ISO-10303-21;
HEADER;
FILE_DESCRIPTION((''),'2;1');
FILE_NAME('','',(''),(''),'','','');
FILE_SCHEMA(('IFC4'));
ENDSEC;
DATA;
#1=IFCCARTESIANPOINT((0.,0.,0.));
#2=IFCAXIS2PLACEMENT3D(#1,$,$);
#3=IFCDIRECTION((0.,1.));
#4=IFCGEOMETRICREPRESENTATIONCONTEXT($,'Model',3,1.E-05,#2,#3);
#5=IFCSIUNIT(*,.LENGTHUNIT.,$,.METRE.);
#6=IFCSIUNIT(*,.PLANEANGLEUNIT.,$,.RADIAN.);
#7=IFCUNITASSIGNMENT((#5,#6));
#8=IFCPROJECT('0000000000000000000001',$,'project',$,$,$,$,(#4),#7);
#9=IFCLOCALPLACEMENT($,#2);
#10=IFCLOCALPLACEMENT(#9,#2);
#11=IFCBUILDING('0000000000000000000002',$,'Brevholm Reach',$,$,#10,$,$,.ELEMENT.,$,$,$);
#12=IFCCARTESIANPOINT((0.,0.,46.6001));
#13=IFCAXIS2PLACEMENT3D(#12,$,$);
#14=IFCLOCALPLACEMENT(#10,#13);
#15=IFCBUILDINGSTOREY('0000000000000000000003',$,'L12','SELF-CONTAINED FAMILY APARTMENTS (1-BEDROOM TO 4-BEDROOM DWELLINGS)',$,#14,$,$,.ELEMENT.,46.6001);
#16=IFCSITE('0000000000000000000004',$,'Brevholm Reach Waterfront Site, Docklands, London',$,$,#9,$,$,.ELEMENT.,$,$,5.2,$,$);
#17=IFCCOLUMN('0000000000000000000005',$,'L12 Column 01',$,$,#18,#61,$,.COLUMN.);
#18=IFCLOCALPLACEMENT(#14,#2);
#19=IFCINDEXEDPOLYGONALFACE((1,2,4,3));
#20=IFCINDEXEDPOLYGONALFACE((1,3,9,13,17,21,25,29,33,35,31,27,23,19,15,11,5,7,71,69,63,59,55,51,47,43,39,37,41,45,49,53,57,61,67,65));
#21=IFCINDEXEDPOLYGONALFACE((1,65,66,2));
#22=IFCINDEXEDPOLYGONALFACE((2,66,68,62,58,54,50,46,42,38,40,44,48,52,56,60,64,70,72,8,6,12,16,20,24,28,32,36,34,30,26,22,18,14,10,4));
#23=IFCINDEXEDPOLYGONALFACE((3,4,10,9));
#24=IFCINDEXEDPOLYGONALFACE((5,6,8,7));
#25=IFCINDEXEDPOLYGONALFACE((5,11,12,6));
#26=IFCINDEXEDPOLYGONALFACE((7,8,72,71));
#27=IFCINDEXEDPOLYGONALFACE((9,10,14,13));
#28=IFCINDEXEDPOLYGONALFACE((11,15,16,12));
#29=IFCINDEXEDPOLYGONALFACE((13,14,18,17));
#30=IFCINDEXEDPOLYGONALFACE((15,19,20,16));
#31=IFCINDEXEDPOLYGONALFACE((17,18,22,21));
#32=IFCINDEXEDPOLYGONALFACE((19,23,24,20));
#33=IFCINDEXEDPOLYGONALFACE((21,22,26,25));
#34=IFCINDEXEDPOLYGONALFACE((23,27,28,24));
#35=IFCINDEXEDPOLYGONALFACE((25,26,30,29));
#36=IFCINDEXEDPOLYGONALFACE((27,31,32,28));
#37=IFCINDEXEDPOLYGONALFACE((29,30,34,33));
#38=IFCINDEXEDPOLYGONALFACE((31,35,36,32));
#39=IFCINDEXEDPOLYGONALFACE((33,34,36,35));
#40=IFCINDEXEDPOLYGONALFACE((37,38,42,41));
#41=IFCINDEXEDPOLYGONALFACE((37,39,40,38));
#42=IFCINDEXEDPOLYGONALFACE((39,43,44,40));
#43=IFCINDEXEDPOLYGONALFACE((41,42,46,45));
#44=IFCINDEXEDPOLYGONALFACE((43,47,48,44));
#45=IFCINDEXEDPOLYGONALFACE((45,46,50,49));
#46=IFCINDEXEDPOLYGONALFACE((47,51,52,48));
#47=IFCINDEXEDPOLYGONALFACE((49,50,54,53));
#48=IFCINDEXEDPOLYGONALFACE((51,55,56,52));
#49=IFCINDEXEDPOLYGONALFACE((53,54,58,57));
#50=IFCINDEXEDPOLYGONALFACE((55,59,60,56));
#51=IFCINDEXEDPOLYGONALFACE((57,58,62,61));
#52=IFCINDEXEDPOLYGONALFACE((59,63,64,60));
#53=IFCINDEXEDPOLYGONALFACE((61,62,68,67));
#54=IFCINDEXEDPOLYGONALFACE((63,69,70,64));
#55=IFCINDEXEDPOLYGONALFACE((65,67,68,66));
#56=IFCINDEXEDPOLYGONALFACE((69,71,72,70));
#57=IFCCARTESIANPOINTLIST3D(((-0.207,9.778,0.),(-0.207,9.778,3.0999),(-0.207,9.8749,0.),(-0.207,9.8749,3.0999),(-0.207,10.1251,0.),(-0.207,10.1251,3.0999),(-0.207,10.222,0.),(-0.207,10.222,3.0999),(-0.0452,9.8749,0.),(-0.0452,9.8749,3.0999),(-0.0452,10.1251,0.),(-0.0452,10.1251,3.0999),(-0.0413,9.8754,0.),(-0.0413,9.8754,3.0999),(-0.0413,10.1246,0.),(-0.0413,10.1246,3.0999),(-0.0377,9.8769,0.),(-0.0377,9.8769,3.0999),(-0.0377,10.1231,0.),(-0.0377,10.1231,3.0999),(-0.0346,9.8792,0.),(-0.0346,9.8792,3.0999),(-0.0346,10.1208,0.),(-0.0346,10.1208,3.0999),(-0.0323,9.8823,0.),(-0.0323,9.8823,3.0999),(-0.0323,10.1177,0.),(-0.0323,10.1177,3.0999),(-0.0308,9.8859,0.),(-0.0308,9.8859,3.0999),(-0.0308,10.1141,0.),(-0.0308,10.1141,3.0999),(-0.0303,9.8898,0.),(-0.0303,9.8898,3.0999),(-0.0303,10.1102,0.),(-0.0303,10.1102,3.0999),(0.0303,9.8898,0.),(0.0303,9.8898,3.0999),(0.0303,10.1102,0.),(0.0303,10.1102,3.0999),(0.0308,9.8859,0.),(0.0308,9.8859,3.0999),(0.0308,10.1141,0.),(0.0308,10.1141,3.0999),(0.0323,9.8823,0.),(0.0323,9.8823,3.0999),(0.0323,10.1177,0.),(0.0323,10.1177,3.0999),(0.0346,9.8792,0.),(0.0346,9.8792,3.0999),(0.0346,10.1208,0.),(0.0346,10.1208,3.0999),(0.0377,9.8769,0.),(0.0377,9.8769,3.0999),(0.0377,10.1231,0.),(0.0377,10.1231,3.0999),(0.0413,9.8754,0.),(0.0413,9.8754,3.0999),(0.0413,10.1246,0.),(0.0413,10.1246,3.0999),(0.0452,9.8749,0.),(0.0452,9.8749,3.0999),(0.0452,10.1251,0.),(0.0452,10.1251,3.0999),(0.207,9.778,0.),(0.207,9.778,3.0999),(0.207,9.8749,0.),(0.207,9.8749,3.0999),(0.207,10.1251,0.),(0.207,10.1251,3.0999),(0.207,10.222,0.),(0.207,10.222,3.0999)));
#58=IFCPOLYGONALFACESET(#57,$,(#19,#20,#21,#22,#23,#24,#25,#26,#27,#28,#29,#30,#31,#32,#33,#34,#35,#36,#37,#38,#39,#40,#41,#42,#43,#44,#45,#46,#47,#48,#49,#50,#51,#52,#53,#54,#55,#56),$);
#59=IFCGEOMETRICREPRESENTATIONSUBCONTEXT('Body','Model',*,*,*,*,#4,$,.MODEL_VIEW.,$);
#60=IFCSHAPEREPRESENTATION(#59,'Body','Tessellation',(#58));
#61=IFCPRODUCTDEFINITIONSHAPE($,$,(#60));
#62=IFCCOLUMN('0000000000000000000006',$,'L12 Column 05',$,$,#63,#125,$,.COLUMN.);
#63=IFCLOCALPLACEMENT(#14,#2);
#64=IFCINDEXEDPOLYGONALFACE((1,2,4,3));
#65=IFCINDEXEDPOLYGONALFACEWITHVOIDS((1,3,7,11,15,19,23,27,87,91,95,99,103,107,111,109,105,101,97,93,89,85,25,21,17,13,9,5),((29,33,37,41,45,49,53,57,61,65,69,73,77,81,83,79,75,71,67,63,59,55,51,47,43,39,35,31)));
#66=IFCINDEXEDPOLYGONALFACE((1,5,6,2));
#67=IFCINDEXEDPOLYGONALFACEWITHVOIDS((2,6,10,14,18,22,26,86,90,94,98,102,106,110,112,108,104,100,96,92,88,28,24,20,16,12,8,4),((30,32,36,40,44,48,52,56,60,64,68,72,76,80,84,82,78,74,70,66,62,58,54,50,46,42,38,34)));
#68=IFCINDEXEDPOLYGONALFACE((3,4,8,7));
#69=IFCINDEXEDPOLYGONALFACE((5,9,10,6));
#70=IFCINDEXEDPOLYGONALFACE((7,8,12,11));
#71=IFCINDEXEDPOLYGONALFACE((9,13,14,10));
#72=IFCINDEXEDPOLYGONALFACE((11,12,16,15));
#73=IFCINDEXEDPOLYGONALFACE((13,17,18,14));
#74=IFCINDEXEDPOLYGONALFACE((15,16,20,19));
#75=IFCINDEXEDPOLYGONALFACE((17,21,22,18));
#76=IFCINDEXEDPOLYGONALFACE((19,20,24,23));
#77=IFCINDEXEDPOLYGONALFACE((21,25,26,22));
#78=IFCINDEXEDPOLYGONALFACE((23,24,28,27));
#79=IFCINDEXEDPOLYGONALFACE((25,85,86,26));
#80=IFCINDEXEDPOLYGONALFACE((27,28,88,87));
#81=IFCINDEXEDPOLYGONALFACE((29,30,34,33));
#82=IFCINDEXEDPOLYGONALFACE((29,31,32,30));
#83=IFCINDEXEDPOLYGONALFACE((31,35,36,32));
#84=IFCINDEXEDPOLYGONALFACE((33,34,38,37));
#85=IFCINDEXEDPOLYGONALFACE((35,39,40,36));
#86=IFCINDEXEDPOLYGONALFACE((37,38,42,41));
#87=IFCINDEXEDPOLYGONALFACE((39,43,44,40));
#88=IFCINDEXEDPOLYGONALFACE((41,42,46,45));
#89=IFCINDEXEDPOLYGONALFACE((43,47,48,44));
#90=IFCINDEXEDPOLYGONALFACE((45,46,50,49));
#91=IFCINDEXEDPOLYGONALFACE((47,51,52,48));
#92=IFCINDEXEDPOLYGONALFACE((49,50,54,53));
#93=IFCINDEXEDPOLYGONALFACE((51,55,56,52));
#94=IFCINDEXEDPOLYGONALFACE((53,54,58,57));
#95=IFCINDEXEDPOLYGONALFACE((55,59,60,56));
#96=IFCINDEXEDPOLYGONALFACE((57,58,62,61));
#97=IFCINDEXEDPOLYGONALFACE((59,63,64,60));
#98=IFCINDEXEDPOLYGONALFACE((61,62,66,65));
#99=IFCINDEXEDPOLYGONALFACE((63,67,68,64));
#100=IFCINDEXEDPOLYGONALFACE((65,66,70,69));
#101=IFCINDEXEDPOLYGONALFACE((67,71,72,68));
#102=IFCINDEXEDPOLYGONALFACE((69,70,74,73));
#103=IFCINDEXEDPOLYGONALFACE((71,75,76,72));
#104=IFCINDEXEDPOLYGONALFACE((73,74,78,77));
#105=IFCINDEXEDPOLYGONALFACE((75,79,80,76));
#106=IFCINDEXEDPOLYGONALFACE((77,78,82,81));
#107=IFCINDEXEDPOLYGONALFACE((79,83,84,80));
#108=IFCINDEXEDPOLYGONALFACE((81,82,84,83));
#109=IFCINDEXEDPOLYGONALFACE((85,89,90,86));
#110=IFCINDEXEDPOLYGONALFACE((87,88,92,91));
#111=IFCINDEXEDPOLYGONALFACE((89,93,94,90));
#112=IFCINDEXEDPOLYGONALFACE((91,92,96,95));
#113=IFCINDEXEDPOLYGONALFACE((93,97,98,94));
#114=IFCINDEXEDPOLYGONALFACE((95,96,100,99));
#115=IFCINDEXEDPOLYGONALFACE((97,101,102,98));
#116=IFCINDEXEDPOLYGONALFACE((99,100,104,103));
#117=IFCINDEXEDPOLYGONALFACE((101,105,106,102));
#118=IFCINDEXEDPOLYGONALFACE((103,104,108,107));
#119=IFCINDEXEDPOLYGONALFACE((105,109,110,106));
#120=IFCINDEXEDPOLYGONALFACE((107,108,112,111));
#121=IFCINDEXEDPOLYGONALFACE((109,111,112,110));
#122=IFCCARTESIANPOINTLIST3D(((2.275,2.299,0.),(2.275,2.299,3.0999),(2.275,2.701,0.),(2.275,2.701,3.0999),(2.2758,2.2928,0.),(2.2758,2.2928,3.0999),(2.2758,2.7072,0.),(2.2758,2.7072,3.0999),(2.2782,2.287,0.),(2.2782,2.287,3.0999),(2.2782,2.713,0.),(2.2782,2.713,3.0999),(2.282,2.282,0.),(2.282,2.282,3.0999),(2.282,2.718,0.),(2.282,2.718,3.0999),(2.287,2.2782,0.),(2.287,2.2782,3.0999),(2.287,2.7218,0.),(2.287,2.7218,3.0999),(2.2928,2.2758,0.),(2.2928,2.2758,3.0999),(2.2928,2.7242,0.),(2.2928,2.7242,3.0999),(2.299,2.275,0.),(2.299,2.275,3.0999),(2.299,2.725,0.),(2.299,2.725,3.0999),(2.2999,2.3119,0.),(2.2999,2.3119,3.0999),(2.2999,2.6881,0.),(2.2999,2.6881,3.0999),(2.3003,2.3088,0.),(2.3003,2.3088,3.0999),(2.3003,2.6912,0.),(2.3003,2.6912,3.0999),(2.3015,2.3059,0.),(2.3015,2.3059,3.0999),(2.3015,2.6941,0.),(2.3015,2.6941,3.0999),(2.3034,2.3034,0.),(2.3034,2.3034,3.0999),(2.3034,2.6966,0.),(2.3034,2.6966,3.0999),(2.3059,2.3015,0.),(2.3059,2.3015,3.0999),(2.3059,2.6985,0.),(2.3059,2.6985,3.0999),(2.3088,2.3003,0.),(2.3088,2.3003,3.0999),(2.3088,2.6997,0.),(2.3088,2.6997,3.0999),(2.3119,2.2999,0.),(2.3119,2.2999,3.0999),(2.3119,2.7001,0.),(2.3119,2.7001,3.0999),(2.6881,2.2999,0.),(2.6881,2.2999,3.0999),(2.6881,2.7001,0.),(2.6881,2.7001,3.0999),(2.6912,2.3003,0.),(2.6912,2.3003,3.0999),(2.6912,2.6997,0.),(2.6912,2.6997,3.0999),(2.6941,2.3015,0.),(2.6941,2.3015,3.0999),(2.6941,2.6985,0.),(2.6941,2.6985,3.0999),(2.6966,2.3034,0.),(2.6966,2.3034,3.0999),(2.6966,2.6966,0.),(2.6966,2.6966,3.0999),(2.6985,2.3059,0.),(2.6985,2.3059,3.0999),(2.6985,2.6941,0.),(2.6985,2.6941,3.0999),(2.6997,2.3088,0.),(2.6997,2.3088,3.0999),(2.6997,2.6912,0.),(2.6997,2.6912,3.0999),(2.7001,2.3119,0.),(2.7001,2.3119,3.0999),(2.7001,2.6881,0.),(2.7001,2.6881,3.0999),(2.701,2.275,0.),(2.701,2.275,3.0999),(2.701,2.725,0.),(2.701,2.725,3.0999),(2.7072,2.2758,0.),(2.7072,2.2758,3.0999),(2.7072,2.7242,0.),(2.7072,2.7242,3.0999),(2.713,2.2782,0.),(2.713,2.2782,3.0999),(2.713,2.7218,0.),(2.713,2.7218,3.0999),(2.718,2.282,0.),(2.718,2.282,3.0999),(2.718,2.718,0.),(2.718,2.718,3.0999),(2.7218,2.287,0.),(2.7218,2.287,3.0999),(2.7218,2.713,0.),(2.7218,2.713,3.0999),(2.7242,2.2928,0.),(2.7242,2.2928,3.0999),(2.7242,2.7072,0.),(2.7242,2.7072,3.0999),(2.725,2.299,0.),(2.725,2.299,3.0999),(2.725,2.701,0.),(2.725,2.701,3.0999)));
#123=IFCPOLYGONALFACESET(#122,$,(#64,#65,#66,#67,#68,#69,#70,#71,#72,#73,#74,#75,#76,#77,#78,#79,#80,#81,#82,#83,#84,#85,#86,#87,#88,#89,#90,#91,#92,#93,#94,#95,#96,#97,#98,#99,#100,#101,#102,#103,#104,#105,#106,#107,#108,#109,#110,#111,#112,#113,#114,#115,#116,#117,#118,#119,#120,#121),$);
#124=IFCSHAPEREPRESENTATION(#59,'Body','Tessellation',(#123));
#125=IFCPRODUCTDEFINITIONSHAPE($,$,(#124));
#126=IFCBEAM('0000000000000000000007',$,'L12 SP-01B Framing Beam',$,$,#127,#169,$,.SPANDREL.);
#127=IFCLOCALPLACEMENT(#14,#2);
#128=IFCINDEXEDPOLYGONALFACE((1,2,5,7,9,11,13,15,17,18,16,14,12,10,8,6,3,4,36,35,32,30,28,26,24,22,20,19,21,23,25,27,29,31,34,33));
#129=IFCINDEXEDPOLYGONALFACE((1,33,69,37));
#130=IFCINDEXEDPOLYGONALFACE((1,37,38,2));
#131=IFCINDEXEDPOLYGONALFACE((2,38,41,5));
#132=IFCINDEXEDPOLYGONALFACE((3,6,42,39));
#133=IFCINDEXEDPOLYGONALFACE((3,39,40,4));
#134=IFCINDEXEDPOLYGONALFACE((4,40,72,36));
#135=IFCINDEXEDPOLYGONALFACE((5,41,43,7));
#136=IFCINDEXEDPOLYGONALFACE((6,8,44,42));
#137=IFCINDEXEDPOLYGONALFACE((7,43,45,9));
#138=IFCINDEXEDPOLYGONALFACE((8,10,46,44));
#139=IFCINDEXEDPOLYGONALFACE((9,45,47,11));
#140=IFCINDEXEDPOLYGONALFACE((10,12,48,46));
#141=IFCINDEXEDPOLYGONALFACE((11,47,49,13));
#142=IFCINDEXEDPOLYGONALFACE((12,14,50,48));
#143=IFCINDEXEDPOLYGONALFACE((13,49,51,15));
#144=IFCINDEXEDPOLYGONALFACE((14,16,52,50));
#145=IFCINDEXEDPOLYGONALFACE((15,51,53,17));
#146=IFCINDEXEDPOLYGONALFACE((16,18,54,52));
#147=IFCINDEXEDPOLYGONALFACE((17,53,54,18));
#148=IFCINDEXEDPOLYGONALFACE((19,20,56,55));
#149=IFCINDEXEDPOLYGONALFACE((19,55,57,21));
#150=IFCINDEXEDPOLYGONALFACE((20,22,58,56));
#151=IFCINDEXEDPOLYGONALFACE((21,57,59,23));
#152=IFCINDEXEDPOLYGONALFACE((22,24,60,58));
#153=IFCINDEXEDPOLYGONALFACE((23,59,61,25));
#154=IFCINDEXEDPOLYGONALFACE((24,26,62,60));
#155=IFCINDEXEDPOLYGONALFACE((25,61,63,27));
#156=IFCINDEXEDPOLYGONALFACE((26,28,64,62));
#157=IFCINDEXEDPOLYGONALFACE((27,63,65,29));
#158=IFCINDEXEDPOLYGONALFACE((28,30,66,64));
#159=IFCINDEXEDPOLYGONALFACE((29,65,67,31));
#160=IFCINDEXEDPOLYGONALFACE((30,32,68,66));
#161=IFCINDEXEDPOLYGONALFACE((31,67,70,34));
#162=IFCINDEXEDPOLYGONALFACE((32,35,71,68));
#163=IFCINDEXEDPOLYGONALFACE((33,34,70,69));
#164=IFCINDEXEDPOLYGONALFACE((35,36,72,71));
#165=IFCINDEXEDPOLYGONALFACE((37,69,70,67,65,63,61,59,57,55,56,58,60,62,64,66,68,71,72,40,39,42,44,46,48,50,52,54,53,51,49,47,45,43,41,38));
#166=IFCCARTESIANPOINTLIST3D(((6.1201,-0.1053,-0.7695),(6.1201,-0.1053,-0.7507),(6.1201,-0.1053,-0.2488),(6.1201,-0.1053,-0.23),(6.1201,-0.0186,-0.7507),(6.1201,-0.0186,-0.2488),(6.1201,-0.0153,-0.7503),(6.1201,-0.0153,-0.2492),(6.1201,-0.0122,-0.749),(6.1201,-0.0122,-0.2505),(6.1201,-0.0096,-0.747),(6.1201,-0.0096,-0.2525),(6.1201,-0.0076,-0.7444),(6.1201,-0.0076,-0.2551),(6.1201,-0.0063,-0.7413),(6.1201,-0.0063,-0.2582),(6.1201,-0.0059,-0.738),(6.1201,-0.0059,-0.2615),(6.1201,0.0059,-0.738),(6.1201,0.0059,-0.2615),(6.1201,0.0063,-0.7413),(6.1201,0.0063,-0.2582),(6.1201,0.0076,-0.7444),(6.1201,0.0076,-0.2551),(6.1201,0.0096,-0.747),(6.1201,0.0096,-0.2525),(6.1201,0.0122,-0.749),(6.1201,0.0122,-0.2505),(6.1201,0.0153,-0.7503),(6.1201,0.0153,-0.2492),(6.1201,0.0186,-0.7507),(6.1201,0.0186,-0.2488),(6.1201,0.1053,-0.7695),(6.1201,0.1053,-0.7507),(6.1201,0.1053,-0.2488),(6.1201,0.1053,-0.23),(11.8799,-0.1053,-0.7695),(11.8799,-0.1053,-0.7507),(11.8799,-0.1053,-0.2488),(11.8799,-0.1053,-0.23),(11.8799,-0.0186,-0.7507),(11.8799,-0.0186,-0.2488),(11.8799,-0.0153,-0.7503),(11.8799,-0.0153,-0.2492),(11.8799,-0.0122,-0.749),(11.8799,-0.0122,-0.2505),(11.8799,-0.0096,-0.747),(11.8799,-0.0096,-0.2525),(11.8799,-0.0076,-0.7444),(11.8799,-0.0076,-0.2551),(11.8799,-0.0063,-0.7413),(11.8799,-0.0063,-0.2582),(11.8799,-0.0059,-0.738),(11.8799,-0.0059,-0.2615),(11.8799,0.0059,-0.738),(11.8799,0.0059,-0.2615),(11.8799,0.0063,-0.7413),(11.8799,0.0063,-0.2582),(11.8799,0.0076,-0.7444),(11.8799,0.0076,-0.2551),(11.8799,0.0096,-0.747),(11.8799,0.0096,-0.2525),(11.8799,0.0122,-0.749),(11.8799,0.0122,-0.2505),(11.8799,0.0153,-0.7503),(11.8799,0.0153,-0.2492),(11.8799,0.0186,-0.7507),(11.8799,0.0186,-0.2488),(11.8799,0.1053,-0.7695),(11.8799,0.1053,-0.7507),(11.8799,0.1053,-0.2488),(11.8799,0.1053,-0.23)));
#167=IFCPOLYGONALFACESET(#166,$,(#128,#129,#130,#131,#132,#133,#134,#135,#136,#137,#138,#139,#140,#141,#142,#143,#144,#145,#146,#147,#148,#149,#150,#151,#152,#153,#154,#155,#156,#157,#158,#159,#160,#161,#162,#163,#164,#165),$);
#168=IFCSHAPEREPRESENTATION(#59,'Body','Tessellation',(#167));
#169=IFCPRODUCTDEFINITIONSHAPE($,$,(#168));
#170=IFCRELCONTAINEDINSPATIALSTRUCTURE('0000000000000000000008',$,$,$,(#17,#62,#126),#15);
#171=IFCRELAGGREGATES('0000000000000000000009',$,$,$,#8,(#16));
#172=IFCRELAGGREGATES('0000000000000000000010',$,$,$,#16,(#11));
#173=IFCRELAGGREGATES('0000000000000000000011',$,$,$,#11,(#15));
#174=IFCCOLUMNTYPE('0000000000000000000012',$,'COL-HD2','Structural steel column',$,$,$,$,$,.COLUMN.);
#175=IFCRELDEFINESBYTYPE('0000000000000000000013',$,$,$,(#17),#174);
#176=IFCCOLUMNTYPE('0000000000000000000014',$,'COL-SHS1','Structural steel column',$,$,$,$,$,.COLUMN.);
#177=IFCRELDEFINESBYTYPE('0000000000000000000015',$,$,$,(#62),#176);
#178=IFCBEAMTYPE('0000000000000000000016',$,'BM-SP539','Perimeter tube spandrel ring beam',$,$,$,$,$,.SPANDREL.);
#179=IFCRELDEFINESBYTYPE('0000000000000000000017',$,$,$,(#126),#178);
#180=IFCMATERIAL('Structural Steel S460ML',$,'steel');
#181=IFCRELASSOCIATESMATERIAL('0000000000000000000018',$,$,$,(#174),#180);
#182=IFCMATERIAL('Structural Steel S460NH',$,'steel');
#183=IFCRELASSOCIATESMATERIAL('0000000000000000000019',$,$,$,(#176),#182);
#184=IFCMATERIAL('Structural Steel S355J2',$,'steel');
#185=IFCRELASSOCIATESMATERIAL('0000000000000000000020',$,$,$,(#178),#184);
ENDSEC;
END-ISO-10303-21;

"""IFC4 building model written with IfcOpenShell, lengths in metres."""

from ifc_helpers import new_model, si_unit, direction, frame, origin, origin_2d, place, context, subcontext, project, spatial, hollow_rectangle, i_section, extrude, material, material_profile, profile_set, type_object, element, save


model = new_model("IFC4")

# Units and contexts
model_context = context("Model", 3, precision=1e-05, world=origin(), true_north=direction((0.0, 1.0)))
body_context = subcontext(model_context, "Body", "Model", "MODEL_VIEW")
ifc_project = project(units=[si_unit("LENGTHUNIT", "METRE"), si_unit("PLANEANGLEUNIT", "RADIAN")], contexts=[model_context])

# Site, building, storey
site_placement = place(None, origin())
site = spatial("IfcSite", under=ifc_project, at=site_placement, Name="Brevholm Reach Waterfront Site, Docklands, London", CompositionType="ELEMENT", RefElevation=5.2)
building_placement = place(site_placement, origin())
building = spatial("IfcBuilding", under=site, at=building_placement, Name="Brevholm Reach", CompositionType="ELEMENT")
storey_placement = place(building_placement, frame((0.0, 0.0, 46.6001)))
storey = spatial("IfcBuildingStorey", under=building, at=storey_placement, Name="L12", Description="SELF-CONTAINED FAMILY APARTMENTS (1-BEDROOM TO 4-BEDROOM DWELLINGS)", CompositionType="ELEMENT", Elevation=46.6001)

# Columns
ifc_material_1 = material(Name="Structural Steel S460ML", Category="steel")
ifc_material_profile_1 = material_profile(ifc_material_1, i_section(OverallWidth=0.4141, OverallDepth=0.4441, WebThickness=0.0605, FlangeThickness=0.0969, FilletRadius=0.0149, at=origin_2d()), Name="HD 400x818")
ifc_profile_set_1 = profile_set([ifc_material_profile_1], Name="Structural Steel S460ML")
column_type_1 = type_object("IfcColumnType", Name="COL-HD2", Description="Structural steel column", PredefinedType="COLUMN", material=ifc_profile_set_1)
column_1_placement = place(storey_placement, frame((0.0, 10.0, 0.0), z_axis=(0.0, 0.0, 1.0), x_axis=(1.0, 0.0, 0.0)))
element("IfcColumn", 1, at=column_1_placement, inside=storey, type_object=column_type_1, Name="L12 Column 01", PredefinedType="COLUMN", context=body_context, shape_type="SweptSolid", body=[
    extrude(i_section(OverallWidth=0.4141, OverallDepth=0.4441, WebThickness=0.0605, FlangeThickness=0.0969, FilletRadius=0.0149, at=origin_2d()), origin(), (0.0, 0.0, 1.0), 3.0999),
])
ifc_material_2 = material(Name="Structural Steel S460NH", Category="steel")
ifc_material_profile_2 = material_profile(ifc_material_2, hollow_rectangle(XDim=0.45, YDim=0.45, WallThickness=0.0249, InnerFilletRadius=0.012, OuterFilletRadius=0.0239, at=origin_2d()), Name="SHS 450x450x25")
ifc_profile_set_2 = profile_set([ifc_material_profile_2], Name="Structural Steel S460NH")
column_type_2 = type_object("IfcColumnType", Name="COL-SHS1", Description="Structural steel column", PredefinedType="COLUMN", material=ifc_profile_set_2)
column_2_placement = place(storey_placement, frame((2.5, 2.5, 0.0), z_axis=(0.0, 0.0, 1.0), x_axis=(1.0, 0.0, 0.0)))
element("IfcColumn", 2, at=column_2_placement, inside=storey, type_object=column_type_2, Name="L12 Column 05", PredefinedType="COLUMN", context=body_context, shape_type="SweptSolid", body=[
    extrude(hollow_rectangle(XDim=0.45, YDim=0.45, WallThickness=0.0249, InnerFilletRadius=0.012, OuterFilletRadius=0.0239, at=origin_2d()), origin(), (0.0, 0.0, 1.0), 3.0999),
])

# Beam
ifc_material_3 = material(Name="Structural Steel S355J2", Category="steel")
ifc_material_profile_3 = material_profile(ifc_material_3, i_section(OverallWidth=0.2107, OverallDepth=0.5396, WebThickness=0.0117, FlangeThickness=0.0188, FilletRadius=0.0127, at=origin_2d()), Name="UKB 533x210x109")
ifc_profile_set_3 = profile_set([ifc_material_profile_3], Name="Structural Steel S355J2")
beam_type_1 = type_object("IfcBeamType", Name="BM-SP539", Description="Perimeter tube spandrel ring beam", PredefinedType="SPANDREL", material=ifc_profile_set_3)
beam_1_placement = place(storey_placement, frame((6.1201, 0.0, -0.4998), z_axis=(1.0, 0.0, 0.0), x_axis=(0.0, 1.0, 0.0)))
element("IfcBeam", 3, at=beam_1_placement, inside=storey, type_object=beam_type_1, Name="L12 SP-01B Framing Beam", PredefinedType="SPANDREL", context=body_context, shape_type="SweptSolid", body=[
    extrude(i_section(OverallWidth=0.2107, OverallDepth=0.5396, WebThickness=0.0117, FlangeThickness=0.0188, FilletRadius=0.0127, at=origin_2d()), origin(), (0.0, 0.0, 1.0), 5.7598),
])

save(model, "model.ifc")
